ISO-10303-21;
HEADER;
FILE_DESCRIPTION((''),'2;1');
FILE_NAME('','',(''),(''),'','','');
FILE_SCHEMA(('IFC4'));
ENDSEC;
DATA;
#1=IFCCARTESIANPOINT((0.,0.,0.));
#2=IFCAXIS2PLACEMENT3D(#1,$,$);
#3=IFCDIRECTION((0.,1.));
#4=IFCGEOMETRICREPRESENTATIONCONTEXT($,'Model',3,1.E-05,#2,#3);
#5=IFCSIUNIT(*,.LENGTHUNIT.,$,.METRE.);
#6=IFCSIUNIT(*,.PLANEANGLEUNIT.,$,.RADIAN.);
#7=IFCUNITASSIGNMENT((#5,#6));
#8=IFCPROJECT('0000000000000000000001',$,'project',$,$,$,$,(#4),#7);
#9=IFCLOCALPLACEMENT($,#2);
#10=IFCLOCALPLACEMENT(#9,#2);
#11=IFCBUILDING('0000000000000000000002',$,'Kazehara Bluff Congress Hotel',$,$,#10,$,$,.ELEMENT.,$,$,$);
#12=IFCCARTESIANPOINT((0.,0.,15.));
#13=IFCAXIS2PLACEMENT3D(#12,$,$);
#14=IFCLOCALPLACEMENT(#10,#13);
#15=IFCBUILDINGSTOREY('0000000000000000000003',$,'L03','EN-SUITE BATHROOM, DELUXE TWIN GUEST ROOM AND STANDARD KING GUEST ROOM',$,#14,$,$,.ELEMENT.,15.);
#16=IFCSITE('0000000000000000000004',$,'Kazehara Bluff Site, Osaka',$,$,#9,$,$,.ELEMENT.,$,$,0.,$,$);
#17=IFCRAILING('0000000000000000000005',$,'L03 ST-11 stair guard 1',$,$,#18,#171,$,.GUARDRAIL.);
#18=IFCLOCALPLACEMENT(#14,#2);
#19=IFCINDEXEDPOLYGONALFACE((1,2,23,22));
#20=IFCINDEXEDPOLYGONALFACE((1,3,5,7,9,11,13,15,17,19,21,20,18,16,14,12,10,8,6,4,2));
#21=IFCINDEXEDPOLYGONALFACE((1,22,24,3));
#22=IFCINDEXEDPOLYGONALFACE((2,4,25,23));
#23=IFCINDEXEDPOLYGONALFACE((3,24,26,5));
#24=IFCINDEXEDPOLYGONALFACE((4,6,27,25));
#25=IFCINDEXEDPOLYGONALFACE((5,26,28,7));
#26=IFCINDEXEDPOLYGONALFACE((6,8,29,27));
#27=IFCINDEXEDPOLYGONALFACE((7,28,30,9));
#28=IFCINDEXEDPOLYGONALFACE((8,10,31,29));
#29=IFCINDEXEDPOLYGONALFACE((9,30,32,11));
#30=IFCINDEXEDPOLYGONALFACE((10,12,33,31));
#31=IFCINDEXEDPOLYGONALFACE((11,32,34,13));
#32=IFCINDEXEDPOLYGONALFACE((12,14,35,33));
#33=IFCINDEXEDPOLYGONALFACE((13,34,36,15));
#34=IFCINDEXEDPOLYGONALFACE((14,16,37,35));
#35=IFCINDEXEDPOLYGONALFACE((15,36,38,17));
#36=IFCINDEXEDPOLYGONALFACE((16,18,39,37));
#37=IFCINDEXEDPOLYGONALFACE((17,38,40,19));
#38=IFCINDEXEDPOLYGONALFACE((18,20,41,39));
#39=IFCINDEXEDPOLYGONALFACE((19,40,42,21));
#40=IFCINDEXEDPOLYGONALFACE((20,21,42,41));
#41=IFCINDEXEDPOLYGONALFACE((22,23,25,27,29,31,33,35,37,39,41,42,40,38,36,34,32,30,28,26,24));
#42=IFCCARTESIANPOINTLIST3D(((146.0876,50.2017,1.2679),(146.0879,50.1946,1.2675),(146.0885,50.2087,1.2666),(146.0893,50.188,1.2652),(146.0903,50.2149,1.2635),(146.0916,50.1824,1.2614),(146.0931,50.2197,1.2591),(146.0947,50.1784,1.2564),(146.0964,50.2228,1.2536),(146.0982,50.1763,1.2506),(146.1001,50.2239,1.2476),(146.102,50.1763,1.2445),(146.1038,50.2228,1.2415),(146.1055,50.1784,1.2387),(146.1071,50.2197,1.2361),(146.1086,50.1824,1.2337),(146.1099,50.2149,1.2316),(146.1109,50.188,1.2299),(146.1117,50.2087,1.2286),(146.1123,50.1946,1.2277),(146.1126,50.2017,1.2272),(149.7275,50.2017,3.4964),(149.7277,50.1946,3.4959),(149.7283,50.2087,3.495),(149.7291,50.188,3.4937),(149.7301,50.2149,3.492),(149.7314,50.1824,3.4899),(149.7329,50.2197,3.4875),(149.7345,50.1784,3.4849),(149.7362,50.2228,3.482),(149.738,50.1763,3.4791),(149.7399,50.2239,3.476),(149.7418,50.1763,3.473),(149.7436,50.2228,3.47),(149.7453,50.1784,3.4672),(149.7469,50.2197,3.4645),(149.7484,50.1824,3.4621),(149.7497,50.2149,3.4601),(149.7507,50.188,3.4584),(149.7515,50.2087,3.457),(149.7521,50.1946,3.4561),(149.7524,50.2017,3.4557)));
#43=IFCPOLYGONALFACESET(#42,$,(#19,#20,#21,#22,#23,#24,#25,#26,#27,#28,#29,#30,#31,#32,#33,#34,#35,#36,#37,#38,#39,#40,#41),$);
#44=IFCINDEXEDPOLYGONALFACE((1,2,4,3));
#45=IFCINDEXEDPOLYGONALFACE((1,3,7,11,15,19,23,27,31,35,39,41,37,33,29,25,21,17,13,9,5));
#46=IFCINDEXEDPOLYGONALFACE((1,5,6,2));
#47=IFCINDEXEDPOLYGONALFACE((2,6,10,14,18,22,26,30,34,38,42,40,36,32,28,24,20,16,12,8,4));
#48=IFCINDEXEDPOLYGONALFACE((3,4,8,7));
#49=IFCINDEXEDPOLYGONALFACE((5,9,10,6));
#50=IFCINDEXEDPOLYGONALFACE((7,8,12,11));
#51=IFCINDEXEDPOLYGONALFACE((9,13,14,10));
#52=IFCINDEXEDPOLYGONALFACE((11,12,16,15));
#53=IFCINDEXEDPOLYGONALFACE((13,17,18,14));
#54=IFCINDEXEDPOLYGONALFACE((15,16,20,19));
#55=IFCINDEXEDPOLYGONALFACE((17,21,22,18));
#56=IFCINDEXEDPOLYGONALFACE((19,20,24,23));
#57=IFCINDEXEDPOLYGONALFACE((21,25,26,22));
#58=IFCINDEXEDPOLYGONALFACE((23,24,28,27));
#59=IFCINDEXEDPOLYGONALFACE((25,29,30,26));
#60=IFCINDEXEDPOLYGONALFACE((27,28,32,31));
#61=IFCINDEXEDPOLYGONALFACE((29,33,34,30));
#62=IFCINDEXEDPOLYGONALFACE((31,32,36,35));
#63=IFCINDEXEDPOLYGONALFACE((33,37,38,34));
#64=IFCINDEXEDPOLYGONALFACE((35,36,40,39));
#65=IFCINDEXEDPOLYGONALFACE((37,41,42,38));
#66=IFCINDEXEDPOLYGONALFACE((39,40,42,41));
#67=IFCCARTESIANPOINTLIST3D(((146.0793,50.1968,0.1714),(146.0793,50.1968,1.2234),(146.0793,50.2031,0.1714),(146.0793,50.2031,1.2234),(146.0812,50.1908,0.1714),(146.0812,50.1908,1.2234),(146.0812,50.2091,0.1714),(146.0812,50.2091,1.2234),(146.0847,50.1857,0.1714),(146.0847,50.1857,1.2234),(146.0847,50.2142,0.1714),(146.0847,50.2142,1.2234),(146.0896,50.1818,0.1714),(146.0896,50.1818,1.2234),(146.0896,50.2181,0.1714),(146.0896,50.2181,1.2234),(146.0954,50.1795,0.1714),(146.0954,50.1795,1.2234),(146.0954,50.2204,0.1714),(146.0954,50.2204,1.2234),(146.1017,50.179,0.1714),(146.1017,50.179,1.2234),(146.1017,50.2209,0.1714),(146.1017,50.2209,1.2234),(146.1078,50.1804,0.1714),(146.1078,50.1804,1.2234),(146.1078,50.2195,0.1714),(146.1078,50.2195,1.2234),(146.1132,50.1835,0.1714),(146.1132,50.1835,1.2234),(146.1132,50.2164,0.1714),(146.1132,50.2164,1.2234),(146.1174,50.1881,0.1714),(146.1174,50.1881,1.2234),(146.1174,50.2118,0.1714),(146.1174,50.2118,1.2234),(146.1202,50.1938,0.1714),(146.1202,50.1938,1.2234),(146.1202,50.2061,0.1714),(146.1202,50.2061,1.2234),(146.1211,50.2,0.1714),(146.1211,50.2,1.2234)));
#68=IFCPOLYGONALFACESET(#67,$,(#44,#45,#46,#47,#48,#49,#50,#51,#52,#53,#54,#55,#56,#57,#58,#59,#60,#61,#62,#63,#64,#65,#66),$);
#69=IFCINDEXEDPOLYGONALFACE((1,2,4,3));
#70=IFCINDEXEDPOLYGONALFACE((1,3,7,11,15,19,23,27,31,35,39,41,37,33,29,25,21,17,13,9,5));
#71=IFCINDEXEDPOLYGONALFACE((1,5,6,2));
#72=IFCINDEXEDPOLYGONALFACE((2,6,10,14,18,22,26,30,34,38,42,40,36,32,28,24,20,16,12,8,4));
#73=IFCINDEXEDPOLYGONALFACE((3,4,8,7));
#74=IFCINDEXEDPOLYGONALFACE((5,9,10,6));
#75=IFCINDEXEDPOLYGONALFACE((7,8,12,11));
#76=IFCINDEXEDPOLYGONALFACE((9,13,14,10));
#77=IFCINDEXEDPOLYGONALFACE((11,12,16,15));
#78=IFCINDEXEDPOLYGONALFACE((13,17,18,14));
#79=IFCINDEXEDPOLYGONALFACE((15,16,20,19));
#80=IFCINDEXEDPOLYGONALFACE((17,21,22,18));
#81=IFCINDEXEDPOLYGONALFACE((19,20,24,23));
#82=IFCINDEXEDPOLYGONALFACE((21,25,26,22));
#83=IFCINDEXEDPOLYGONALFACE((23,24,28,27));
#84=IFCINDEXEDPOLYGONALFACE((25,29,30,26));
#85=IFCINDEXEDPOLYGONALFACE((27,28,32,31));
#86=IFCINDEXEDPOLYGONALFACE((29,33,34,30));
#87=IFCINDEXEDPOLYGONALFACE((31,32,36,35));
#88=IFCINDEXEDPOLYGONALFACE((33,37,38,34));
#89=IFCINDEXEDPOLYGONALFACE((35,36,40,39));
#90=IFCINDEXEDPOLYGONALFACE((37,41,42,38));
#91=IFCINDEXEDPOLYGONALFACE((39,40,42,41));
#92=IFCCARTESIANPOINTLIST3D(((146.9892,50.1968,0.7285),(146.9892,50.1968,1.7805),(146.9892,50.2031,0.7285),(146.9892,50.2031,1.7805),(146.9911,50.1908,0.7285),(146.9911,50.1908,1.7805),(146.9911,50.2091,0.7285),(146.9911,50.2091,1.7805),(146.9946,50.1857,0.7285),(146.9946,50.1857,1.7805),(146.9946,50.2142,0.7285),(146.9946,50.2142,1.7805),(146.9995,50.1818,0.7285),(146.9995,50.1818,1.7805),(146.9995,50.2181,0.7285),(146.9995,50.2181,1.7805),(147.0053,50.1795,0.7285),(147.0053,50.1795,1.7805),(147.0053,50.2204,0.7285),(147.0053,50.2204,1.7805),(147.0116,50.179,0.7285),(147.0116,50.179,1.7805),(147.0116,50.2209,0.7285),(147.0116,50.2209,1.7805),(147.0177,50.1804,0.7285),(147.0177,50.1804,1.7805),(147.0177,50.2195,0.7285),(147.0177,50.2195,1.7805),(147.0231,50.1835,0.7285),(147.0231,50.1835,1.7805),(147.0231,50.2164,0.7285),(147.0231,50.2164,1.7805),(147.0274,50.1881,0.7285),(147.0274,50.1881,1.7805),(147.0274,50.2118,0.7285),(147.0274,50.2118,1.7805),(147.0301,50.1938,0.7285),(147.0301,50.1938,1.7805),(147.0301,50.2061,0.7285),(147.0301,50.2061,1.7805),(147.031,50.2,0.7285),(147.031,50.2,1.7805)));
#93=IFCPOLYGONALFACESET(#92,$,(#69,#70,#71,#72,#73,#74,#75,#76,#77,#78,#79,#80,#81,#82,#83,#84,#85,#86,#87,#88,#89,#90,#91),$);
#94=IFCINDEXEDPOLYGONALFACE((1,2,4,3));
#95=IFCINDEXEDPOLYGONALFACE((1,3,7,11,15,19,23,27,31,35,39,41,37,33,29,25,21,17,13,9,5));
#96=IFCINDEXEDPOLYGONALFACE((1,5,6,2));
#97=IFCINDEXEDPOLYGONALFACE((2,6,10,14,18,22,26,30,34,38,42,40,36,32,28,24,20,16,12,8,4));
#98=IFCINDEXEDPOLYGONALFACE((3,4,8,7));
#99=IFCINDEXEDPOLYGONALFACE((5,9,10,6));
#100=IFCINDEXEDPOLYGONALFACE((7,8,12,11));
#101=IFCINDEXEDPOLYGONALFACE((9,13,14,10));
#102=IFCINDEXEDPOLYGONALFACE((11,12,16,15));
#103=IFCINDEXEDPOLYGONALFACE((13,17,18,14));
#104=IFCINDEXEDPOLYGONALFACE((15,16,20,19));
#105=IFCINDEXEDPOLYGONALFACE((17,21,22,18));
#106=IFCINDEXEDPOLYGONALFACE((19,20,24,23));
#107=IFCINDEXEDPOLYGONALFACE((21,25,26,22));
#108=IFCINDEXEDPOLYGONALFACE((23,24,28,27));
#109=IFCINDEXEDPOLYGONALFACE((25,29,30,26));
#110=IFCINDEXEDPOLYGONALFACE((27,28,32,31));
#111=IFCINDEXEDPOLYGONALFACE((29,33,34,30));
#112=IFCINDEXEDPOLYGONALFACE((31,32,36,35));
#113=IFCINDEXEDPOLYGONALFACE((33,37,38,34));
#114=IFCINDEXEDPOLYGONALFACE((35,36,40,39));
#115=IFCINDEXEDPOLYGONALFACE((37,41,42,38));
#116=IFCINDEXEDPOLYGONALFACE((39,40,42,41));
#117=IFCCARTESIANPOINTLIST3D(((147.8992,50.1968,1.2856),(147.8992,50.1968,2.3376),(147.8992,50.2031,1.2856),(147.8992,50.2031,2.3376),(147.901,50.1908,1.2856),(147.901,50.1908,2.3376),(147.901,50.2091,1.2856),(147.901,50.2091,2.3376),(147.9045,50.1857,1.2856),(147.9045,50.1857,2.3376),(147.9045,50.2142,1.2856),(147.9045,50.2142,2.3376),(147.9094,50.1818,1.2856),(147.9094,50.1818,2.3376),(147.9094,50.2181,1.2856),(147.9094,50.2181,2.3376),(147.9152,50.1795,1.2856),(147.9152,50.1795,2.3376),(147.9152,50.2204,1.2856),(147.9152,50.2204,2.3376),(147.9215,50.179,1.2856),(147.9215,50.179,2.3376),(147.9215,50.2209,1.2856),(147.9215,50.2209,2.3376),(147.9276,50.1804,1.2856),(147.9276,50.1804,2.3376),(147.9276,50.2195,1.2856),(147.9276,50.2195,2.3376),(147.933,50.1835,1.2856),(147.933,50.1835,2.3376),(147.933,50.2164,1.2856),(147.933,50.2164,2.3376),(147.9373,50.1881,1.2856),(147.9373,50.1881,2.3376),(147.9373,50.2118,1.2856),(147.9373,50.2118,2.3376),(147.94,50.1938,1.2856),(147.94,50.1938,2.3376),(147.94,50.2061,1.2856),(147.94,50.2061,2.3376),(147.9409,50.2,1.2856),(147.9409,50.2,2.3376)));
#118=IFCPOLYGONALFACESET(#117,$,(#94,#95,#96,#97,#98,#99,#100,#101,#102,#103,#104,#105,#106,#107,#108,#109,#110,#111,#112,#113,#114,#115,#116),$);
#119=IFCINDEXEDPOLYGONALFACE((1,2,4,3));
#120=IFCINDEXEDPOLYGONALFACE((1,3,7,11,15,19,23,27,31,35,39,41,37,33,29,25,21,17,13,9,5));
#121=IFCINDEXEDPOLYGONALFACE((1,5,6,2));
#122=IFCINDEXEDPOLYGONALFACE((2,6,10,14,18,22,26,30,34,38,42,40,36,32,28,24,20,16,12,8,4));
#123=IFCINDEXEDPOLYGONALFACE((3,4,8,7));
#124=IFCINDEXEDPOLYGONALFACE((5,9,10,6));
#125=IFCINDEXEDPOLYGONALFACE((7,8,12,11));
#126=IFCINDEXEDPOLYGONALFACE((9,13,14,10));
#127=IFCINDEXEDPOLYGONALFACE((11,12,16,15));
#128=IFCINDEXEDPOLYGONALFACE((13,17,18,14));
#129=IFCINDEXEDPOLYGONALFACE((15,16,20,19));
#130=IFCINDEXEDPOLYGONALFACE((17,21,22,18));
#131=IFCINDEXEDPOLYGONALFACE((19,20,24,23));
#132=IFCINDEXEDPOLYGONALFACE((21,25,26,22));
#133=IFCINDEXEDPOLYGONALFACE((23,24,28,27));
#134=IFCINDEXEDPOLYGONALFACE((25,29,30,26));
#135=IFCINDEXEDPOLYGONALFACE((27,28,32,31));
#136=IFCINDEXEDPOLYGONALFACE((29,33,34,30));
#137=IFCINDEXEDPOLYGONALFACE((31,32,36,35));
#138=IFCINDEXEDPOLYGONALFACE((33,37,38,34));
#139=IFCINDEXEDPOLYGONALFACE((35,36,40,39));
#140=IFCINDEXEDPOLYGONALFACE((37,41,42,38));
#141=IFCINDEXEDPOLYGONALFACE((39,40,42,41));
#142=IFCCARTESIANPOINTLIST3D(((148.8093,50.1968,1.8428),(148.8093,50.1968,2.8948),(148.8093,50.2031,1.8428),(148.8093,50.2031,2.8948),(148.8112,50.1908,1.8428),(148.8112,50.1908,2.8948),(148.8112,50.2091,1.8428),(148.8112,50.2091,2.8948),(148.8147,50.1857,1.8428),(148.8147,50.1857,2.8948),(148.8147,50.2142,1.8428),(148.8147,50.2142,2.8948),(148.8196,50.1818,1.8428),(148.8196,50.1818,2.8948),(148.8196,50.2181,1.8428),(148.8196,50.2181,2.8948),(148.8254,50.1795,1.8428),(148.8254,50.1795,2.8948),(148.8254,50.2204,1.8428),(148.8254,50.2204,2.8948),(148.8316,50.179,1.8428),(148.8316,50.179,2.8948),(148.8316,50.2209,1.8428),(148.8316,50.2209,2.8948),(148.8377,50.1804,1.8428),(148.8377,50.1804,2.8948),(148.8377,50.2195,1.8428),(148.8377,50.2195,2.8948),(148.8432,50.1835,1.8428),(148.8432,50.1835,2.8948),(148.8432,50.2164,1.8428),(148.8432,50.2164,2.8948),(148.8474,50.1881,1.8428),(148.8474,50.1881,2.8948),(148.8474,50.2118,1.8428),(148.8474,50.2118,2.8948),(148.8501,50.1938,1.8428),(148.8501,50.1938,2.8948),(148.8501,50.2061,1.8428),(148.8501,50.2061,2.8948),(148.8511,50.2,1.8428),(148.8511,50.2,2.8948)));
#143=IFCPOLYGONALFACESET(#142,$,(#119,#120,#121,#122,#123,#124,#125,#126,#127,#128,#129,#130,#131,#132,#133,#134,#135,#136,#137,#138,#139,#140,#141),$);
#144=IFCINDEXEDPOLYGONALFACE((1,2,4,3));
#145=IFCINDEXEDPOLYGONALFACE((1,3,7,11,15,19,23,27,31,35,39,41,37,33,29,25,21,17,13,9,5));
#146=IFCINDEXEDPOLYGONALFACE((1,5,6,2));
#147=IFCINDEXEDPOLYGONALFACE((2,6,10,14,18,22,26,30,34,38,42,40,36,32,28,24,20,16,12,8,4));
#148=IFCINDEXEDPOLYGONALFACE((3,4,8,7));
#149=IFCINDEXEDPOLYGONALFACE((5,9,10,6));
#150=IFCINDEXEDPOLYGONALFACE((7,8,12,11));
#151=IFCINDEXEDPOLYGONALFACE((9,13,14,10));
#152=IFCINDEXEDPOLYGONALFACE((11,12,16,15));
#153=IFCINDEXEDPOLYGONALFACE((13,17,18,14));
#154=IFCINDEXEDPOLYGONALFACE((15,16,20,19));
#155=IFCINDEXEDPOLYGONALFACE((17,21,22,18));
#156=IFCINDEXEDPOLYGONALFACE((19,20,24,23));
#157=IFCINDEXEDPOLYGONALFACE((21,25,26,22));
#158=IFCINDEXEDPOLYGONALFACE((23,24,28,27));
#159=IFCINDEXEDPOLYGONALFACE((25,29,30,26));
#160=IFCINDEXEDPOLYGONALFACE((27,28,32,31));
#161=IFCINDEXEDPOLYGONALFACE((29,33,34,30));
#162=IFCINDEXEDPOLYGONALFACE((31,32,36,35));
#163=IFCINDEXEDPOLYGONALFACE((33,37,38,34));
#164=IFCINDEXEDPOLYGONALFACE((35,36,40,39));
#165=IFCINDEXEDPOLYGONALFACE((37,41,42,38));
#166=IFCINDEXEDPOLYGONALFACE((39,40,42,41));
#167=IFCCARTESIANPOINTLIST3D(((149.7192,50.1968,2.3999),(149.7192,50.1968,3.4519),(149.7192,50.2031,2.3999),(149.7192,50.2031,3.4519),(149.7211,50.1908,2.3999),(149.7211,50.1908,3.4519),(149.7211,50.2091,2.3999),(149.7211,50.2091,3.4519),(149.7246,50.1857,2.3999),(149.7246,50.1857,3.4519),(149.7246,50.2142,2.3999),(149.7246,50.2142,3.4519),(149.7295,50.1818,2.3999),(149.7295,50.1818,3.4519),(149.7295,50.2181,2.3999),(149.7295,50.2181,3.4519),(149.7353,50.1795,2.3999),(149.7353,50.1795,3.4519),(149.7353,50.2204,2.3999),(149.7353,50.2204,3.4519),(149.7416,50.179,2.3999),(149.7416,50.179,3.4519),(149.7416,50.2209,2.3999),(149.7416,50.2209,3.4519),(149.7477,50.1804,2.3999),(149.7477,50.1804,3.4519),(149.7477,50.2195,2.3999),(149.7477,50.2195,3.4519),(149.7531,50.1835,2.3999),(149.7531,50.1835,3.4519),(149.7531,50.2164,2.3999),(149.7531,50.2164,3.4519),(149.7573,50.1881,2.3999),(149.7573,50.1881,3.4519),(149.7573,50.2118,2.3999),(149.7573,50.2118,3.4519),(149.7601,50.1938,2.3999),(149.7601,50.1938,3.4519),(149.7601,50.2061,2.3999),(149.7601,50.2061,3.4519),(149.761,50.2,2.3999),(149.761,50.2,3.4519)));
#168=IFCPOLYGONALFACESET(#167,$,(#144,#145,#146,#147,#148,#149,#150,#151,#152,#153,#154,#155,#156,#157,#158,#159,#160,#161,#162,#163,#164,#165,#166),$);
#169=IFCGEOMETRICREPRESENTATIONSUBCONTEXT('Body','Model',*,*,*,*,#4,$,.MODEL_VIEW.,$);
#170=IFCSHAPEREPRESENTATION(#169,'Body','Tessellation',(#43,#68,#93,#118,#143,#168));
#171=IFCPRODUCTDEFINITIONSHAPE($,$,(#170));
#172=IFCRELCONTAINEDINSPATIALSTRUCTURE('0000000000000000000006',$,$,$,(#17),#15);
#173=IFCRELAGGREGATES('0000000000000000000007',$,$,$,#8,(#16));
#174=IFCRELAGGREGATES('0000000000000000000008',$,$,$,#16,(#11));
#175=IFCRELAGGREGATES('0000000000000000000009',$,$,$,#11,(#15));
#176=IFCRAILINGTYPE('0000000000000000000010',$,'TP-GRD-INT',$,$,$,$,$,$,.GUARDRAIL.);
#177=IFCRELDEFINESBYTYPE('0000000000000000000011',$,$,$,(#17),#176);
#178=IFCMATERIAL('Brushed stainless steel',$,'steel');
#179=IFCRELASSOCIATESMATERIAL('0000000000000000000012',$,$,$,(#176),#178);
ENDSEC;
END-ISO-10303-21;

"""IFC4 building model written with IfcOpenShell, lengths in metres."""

from ifc_helpers import new_model, si_unit, direction, frame, origin, origin_2d, place, context, subcontext, project, spatial, circle, extrude, material, type_object, element, save


model = new_model("IFC4")

# Units and contexts
model_context = context("Model", 3, precision=1e-05, world=origin(), true_north=direction((0.0, 1.0)))
body_context = subcontext(model_context, "Body", "Model", "MODEL_VIEW")
ifc_project = project(units=[si_unit("LENGTHUNIT", "METRE"), si_unit("PLANEANGLEUNIT", "RADIAN")], contexts=[model_context])

# Site, building, storey
site_placement = place(None, origin())
site = spatial("IfcSite", under=ifc_project, at=site_placement, Name="Kazehara Bluff Site, Osaka", CompositionType="ELEMENT", RefElevation=0.0)
building_placement = place(site_placement, origin())
building = spatial("IfcBuilding", under=site, at=building_placement, Name="Kazehara Bluff Congress Hotel", CompositionType="ELEMENT")
storey_placement = place(building_placement, frame((0.0, 0.0, 15.0)))
storey = spatial("IfcBuildingStorey", under=building, at=storey_placement, Name="L03", Description="EN-SUITE BATHROOM, DELUXE TWIN GUEST ROOM AND STANDARD KING GUEST ROOM", CompositionType="ELEMENT", Elevation=15.0)

# Railing
ifc_material_1 = material(Name="Brushed stainless steel", Category="steel")
railing_type_1 = type_object("IfcRailingType", Name="TP-GRD-INT", PredefinedType="GUARDRAIL", material=ifc_material_1)
railing_1_placement = place(storey_placement, frame((146.1001, 50.2, 0.1714)))
element("IfcRailing", 1, at=railing_1_placement, inside=storey, type_object=railing_type_1, Name="L03 ST-11 stair guard 1", PredefinedType="GUARDRAIL", context=body_context, shape_type="SweptSolid", body=[
    extrude(circle(Radius=0.0239, at=origin_2d()), frame((0.0, 0.0, 1.0762), z_axis=(0.85285, 0.0, 0.522156), x_axis=(0.0, 1.0, 0.0)), (0.0, 0.0, 1.0), 4.2678),
    extrude(circle(Radius=0.021, at=origin_2d()), origin(), (0.0, 0.0, 1.0), 1.052),
    extrude(circle(Radius=0.021, at=origin_2d()), frame((0.9099, 0.0, 0.5571)), (0.0, 0.0, 1.0), 1.052),
    extrude(circle(Radius=0.021, at=origin_2d()), frame((1.8198, 0.0, 1.1143)), (0.0, 0.0, 1.0), 1.052),
    extrude(circle(Radius=0.021, at=origin_2d()), frame((2.73, 0.0, 1.6714)), (0.0, 0.0, 1.0), 1.052),
    extrude(circle(Radius=0.021, at=origin_2d()), frame((3.6399, 0.0, 2.2285)), (0.0, 0.0, 1.0), 1.052),
])

save(model, "model.ifc")
